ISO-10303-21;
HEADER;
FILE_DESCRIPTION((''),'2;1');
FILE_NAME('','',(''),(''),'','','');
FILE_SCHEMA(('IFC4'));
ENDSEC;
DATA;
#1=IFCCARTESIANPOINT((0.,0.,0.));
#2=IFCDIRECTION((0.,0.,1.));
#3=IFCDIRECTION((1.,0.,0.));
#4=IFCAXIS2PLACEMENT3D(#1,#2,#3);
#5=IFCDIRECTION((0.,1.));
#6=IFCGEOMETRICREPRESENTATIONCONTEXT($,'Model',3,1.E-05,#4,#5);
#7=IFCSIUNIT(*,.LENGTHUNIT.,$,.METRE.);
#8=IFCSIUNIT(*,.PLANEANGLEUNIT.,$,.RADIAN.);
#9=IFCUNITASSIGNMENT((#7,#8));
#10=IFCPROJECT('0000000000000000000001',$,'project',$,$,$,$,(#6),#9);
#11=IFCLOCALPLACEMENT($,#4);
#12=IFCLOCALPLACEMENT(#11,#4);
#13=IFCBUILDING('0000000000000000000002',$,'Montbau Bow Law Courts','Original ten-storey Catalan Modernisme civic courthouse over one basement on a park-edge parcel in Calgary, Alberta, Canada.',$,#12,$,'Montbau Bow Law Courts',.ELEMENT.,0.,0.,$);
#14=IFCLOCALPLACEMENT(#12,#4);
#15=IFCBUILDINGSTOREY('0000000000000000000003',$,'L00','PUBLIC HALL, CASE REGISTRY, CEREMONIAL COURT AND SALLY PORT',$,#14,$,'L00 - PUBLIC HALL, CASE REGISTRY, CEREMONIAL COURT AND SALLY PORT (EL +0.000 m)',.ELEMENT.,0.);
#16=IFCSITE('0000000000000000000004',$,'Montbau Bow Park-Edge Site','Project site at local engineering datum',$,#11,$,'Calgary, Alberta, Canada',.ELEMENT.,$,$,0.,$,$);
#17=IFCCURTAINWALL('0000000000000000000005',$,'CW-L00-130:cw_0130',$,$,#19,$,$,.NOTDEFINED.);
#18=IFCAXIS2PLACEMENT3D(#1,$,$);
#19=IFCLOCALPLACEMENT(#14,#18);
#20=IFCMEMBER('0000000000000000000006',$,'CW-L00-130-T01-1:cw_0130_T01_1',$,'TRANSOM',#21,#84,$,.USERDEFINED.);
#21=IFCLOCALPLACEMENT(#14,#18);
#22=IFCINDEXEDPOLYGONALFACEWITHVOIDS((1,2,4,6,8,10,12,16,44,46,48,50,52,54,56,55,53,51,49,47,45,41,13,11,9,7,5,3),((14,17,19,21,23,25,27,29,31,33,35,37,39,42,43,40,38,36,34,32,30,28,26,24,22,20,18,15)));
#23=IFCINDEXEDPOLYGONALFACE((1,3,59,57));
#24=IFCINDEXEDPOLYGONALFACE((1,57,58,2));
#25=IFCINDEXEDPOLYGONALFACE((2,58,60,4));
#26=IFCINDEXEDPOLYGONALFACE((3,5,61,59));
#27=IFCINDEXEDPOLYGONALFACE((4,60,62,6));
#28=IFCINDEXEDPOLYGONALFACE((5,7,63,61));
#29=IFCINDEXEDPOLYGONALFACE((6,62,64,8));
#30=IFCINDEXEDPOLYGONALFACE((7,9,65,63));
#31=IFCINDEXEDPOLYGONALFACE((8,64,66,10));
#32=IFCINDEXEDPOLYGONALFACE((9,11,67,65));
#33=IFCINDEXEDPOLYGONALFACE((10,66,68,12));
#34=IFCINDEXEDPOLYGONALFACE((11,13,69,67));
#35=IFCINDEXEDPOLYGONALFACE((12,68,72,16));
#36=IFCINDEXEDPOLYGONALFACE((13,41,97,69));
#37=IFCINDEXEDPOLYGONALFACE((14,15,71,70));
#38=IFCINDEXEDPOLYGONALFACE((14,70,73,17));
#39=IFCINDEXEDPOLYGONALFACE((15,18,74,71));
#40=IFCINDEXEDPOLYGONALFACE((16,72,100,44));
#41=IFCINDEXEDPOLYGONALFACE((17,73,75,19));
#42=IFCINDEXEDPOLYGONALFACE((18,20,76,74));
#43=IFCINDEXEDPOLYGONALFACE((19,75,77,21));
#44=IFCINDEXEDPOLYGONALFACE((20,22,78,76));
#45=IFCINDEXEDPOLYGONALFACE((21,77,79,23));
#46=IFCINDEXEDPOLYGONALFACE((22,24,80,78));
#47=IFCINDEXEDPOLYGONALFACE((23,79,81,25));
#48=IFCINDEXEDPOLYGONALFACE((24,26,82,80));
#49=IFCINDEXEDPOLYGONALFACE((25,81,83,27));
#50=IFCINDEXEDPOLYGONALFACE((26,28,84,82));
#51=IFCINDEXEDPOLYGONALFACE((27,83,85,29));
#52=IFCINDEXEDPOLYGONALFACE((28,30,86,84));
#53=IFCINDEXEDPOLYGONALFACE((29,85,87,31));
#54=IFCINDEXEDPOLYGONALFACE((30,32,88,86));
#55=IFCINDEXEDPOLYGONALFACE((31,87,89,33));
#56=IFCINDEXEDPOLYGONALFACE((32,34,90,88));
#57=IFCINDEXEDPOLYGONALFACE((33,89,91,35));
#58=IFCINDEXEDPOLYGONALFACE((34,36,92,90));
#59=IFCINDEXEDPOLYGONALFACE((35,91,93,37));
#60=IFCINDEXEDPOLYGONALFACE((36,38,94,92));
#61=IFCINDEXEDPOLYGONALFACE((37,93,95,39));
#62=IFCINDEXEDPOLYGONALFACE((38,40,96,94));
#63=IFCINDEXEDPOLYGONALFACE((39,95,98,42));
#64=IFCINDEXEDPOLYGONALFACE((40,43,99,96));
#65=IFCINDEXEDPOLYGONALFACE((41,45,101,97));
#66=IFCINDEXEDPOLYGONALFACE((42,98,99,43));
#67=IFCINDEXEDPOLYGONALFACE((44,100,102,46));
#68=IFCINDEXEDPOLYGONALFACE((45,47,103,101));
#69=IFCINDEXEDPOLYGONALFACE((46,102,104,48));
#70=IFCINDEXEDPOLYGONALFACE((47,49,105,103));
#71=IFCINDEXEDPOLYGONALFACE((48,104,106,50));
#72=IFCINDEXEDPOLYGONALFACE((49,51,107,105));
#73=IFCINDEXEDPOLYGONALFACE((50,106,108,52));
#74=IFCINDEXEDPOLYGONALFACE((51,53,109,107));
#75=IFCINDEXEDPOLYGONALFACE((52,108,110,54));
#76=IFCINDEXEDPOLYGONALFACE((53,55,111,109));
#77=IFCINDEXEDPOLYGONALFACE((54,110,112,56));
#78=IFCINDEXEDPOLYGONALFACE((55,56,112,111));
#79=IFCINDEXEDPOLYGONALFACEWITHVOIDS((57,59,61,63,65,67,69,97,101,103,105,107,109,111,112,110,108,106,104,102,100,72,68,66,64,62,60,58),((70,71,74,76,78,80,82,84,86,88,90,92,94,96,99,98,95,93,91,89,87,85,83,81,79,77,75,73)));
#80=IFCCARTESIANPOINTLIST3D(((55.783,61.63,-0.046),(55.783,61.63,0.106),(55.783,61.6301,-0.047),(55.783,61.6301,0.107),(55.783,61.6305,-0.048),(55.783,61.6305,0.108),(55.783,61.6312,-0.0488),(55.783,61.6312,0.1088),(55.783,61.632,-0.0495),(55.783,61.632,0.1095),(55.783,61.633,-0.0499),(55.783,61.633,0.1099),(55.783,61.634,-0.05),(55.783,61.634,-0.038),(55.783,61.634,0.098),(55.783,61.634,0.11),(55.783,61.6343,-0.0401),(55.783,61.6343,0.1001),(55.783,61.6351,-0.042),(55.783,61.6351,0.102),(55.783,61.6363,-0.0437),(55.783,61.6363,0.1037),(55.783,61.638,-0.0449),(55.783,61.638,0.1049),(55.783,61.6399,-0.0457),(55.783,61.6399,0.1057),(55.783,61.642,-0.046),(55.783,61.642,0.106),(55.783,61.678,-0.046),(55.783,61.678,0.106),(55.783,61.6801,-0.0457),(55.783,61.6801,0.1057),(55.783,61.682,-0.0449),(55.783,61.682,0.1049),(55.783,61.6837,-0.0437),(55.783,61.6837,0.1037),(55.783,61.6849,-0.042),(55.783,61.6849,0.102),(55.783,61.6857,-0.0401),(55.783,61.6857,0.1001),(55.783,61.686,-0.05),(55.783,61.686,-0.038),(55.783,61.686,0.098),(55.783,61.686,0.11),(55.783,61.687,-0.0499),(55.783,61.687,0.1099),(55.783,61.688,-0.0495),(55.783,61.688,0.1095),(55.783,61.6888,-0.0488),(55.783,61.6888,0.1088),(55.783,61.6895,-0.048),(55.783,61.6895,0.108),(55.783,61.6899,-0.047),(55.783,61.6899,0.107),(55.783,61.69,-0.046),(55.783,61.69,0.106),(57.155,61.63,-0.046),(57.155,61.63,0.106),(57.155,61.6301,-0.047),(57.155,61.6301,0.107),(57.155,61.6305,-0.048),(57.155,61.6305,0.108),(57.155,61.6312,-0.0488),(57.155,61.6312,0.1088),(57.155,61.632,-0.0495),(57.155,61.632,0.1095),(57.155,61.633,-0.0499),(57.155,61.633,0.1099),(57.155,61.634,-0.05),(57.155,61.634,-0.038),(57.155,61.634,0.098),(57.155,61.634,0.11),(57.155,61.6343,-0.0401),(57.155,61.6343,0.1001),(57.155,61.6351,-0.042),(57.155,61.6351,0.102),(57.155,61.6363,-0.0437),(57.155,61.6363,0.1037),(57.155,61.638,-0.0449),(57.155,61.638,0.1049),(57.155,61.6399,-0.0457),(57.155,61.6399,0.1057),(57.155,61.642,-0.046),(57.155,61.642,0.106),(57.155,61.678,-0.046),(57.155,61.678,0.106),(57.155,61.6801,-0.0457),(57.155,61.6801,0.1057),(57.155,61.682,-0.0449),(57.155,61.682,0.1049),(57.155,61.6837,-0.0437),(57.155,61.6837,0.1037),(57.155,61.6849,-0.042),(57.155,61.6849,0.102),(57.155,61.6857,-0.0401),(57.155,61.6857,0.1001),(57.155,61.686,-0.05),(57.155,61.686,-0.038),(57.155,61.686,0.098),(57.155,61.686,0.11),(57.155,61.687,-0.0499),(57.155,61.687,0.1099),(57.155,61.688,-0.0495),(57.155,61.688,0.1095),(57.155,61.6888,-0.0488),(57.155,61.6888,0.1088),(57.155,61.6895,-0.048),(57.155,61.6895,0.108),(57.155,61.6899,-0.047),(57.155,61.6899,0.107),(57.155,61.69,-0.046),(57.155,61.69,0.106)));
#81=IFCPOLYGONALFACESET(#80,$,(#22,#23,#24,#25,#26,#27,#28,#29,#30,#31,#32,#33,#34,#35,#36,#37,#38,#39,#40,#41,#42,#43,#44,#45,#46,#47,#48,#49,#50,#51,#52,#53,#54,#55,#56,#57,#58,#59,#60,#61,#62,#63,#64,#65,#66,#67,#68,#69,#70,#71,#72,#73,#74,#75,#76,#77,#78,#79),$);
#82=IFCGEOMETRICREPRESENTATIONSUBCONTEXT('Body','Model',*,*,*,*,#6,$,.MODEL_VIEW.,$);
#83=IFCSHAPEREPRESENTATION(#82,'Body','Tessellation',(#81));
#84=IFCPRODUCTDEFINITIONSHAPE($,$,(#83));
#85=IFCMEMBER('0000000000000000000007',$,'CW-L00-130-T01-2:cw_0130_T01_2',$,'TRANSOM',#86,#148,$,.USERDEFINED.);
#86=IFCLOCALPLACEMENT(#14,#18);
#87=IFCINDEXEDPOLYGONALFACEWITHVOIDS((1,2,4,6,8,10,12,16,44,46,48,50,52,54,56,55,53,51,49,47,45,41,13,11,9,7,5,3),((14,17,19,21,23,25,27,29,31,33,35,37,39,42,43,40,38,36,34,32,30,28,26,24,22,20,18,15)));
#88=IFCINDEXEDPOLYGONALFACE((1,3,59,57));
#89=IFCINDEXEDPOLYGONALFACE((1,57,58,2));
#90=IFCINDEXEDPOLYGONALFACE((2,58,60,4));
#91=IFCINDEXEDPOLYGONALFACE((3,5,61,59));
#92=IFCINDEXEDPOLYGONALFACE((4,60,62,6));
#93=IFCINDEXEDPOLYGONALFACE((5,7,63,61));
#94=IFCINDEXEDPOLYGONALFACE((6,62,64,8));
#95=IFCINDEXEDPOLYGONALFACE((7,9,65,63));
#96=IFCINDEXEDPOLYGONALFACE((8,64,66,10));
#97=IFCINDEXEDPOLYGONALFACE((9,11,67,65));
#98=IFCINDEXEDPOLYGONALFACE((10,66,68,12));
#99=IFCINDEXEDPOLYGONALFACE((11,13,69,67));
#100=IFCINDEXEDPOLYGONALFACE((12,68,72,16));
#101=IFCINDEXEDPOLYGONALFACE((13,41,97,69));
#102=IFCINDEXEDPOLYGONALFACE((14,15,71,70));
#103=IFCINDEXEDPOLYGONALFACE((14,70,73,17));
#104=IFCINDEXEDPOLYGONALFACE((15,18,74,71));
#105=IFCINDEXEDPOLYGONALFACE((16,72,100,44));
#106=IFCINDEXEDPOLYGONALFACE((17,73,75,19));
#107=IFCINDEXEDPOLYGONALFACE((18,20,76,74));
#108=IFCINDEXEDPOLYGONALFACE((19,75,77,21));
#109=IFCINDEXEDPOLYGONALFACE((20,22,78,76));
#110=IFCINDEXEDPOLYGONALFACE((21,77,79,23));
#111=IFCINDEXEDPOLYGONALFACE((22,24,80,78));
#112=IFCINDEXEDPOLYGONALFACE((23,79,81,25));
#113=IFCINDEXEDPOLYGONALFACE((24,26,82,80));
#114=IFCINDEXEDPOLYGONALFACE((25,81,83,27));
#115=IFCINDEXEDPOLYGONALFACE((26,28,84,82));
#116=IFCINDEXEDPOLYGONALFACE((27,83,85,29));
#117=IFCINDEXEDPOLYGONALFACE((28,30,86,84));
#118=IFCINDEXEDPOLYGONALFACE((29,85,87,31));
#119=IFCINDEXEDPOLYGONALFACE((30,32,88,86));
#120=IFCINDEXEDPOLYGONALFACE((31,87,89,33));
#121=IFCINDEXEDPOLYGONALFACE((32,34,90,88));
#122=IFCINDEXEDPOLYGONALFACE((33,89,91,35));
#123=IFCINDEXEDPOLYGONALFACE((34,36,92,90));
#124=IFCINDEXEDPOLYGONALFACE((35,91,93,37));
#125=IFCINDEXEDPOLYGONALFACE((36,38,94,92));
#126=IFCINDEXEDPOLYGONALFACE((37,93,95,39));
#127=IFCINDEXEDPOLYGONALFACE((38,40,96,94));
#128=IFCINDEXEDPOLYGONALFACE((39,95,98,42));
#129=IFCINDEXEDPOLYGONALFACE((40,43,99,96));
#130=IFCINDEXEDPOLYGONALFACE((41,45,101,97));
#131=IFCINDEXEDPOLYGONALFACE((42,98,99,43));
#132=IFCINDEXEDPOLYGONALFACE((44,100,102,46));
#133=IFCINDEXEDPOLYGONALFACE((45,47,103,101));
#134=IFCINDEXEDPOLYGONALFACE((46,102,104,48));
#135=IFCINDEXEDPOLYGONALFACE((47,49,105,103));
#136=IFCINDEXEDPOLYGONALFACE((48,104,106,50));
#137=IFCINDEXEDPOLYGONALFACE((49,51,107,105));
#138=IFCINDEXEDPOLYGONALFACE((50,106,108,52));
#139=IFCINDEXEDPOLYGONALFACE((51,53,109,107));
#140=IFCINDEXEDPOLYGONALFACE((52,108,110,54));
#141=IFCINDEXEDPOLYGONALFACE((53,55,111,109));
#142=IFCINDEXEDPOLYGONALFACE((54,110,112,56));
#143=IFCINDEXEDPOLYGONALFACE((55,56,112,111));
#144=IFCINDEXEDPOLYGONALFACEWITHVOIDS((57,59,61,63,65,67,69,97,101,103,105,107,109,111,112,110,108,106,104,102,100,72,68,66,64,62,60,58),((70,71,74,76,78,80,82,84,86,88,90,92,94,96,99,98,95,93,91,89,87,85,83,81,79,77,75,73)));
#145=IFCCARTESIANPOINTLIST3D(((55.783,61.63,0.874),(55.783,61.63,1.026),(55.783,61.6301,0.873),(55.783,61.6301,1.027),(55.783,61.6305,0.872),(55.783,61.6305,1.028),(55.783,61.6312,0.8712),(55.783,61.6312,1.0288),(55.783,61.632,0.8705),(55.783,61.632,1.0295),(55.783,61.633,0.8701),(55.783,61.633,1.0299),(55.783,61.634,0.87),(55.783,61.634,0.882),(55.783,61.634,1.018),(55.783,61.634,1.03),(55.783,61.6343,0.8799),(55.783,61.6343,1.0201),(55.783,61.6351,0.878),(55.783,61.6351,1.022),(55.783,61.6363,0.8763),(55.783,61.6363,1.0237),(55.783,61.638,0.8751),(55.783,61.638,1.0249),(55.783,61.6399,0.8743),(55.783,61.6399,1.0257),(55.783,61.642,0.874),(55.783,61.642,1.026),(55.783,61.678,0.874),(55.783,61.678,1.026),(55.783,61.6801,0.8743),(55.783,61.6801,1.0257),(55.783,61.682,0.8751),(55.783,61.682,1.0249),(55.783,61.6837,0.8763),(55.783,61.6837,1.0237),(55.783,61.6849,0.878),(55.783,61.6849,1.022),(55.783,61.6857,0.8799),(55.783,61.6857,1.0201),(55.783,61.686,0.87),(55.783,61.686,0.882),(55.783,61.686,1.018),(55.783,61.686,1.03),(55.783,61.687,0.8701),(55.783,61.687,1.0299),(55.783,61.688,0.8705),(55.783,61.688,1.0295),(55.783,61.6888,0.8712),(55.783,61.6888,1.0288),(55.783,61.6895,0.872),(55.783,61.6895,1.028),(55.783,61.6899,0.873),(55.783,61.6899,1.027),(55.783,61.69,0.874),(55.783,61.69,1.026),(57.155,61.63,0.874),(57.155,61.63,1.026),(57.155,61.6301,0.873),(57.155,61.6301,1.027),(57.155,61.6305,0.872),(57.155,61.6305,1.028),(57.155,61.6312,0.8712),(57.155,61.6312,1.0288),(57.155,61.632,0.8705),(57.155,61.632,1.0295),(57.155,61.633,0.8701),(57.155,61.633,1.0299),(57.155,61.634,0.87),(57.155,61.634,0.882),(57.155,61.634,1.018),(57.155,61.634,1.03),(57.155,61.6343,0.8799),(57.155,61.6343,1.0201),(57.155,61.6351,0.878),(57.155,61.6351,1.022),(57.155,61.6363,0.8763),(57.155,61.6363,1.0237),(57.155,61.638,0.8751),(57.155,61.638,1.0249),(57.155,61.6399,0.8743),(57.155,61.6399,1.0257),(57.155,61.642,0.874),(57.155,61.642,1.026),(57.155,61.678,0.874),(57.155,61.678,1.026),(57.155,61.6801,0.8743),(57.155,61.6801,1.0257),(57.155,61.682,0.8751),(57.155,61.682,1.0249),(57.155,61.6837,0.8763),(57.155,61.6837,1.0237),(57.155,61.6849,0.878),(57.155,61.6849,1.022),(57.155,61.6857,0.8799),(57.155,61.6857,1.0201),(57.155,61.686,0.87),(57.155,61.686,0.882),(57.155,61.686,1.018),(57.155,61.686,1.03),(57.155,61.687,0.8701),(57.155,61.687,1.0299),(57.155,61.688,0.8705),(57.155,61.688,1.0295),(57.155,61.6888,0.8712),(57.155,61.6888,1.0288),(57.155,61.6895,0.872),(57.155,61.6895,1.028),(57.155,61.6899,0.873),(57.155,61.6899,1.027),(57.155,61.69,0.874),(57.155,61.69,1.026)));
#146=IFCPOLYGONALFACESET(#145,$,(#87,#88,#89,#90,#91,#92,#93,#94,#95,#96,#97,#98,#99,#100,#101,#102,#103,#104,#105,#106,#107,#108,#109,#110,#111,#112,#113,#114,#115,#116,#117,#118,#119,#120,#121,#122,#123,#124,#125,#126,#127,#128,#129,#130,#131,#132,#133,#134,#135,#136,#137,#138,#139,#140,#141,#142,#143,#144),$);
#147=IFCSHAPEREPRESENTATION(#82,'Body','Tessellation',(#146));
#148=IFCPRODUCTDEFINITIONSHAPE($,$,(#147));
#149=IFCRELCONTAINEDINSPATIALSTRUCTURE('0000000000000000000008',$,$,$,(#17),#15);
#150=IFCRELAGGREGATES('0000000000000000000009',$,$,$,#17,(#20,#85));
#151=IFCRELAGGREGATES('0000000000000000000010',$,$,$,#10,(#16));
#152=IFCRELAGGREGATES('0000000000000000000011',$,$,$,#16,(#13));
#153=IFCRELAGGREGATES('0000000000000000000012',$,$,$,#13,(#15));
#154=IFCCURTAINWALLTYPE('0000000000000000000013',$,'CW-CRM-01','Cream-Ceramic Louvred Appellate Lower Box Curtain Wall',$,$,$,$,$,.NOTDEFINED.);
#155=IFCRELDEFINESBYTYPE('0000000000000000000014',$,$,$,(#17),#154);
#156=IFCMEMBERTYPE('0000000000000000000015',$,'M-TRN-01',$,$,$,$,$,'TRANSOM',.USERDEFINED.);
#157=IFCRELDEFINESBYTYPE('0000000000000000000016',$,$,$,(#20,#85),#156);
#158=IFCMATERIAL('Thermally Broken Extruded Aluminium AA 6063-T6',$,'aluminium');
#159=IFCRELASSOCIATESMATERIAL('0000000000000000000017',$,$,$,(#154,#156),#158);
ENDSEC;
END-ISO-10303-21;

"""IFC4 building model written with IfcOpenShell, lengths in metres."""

from ifc_helpers import new_model, si_unit, direction, frame, origin_with_axes, origin_2d_with_axis, place, context, subcontext, project, spatial, hollow_rectangle, extrude, material, material_profile, profile_set, type_object, element, aggregate, save


model = new_model("IFC4")

# Units and contexts
model_context = context("Model", 3, precision=1e-05, world=origin_with_axes(), true_north=direction((0.0, 1.0)))
body_context = subcontext(model_context, "Body", "Model", "MODEL_VIEW")
ifc_project = project(units=[si_unit("LENGTHUNIT", "METRE"), si_unit("PLANEANGLEUNIT", "RADIAN")], contexts=[model_context])

# Site, building, storey
site_placement = place(None, origin_with_axes())
site = spatial("IfcSite", under=ifc_project, at=site_placement, Name="Montbau Bow Park-Edge Site", Description="Project site at local engineering datum", LongName="Calgary, Alberta, Canada", CompositionType="ELEMENT", RefElevation=0.0)
building_placement = place(site_placement, origin_with_axes())
building = spatial("IfcBuilding", under=site, at=building_placement, Name="Montbau Bow Law Courts", Description="Original ten-storey Catalan Modernisme civic courthouse over one basement on a park-edge parcel in Calgary, Alberta, Canada.", LongName="Montbau Bow Law Courts", CompositionType="ELEMENT", ElevationOfRefHeight=0.0, ElevationOfTerrain=0.0)
storey_placement = place(building_placement, origin_with_axes())
storey = spatial("IfcBuildingStorey", under=building, at=storey_placement, Name="L00", Description="PUBLIC HALL, CASE REGISTRY, CEREMONIAL COURT AND SALLY PORT", LongName="L00 - PUBLIC HALL, CASE REGISTRY, CEREMONIAL COURT AND SALLY PORT (EL +0.000 m)", CompositionType="ELEMENT", Elevation=0.0)

# Curtain wall, members
ifc_material_1 = material(Name="Thermally Broken Extruded Aluminium AA 6063-T6", Category="aluminium")
curtain_wall_type = type_object("IfcCurtainWallType", Name="CW-CRM-01", Description="Cream-Ceramic Louvred Appellate Lower Box Curtain Wall", PredefinedType="NOTDEFINED", material=ifc_material_1)
curtain_wall_placement = place(None, frame((55.715, 61.66, 0.0), z_axis=(0.0, 0.0, 1.0), x_axis=(1.0, 0.0, 0.0)))
curtain_wall = element("IfcCurtainWall", 1, at=curtain_wall_placement, inside=storey, type_object=curtain_wall_type, Name="CW-L00-130:cw_0130", PredefinedType="NOTDEFINED")
ifc_material_profile_1 = material_profile(ifc_material_1, hollow_rectangle(XDim=0.06, YDim=0.16, WallThickness=0.004, InnerFilletRadius=0.008, OuterFilletRadius=0.004, at=origin_2d_with_axis()), Name="CWT-160X60", Category="Main", Priority=0)
ifc_profile_set_1 = profile_set([ifc_material_profile_1], Name="Thermally Broken Extruded Aluminium AA 6063-T6")
member_type_1 = type_object("IfcMemberType", Name="M-TRN-01", ElementType="TRANSOM", PredefinedType="USERDEFINED", material=ifc_profile_set_1)
member_1_placement = place(None, frame((55.783, 61.66, 0.03), z_axis=(1.0, 0.0, 0.0), x_axis=(0.0, 1.0, 0.0)))
member_1 = element("IfcMember", 2, at=member_1_placement, type_object=member_type_1, Name="CW-L00-130-T01-1:cw_0130_T01_1", ObjectType="TRANSOM", PredefinedType="USERDEFINED", context=body_context, shape_type="SweptSolid", body=[
    extrude(hollow_rectangle(XDim=0.06, YDim=0.16, WallThickness=0.004, InnerFilletRadius=0.008, OuterFilletRadius=0.004, at=origin_2d_with_axis()), origin_with_axes(), (0.0, 0.0, 1.0), 1.372),
])
member_2_placement = place(None, frame((55.783, 61.66, 0.95), z_axis=(1.0, 0.0, 0.0), x_axis=(0.0, 1.0, 0.0)))
member_2 = element("IfcMember", 3, at=member_2_placement, type_object=member_type_1, Name="CW-L00-130-T01-2:cw_0130_T01_2", ObjectType="TRANSOM", PredefinedType="USERDEFINED", context=body_context, shape_type="SweptSolid", body=[
    extrude(hollow_rectangle(XDim=0.06, YDim=0.16, WallThickness=0.004, InnerFilletRadius=0.008, OuterFilletRadius=0.004, at=origin_2d_with_axis()), origin_with_axes(), (0.0, 0.0, 1.0), 1.372),
])
aggregate(curtain_wall, [member_1, member_2])

save(model, "model.ifc")
